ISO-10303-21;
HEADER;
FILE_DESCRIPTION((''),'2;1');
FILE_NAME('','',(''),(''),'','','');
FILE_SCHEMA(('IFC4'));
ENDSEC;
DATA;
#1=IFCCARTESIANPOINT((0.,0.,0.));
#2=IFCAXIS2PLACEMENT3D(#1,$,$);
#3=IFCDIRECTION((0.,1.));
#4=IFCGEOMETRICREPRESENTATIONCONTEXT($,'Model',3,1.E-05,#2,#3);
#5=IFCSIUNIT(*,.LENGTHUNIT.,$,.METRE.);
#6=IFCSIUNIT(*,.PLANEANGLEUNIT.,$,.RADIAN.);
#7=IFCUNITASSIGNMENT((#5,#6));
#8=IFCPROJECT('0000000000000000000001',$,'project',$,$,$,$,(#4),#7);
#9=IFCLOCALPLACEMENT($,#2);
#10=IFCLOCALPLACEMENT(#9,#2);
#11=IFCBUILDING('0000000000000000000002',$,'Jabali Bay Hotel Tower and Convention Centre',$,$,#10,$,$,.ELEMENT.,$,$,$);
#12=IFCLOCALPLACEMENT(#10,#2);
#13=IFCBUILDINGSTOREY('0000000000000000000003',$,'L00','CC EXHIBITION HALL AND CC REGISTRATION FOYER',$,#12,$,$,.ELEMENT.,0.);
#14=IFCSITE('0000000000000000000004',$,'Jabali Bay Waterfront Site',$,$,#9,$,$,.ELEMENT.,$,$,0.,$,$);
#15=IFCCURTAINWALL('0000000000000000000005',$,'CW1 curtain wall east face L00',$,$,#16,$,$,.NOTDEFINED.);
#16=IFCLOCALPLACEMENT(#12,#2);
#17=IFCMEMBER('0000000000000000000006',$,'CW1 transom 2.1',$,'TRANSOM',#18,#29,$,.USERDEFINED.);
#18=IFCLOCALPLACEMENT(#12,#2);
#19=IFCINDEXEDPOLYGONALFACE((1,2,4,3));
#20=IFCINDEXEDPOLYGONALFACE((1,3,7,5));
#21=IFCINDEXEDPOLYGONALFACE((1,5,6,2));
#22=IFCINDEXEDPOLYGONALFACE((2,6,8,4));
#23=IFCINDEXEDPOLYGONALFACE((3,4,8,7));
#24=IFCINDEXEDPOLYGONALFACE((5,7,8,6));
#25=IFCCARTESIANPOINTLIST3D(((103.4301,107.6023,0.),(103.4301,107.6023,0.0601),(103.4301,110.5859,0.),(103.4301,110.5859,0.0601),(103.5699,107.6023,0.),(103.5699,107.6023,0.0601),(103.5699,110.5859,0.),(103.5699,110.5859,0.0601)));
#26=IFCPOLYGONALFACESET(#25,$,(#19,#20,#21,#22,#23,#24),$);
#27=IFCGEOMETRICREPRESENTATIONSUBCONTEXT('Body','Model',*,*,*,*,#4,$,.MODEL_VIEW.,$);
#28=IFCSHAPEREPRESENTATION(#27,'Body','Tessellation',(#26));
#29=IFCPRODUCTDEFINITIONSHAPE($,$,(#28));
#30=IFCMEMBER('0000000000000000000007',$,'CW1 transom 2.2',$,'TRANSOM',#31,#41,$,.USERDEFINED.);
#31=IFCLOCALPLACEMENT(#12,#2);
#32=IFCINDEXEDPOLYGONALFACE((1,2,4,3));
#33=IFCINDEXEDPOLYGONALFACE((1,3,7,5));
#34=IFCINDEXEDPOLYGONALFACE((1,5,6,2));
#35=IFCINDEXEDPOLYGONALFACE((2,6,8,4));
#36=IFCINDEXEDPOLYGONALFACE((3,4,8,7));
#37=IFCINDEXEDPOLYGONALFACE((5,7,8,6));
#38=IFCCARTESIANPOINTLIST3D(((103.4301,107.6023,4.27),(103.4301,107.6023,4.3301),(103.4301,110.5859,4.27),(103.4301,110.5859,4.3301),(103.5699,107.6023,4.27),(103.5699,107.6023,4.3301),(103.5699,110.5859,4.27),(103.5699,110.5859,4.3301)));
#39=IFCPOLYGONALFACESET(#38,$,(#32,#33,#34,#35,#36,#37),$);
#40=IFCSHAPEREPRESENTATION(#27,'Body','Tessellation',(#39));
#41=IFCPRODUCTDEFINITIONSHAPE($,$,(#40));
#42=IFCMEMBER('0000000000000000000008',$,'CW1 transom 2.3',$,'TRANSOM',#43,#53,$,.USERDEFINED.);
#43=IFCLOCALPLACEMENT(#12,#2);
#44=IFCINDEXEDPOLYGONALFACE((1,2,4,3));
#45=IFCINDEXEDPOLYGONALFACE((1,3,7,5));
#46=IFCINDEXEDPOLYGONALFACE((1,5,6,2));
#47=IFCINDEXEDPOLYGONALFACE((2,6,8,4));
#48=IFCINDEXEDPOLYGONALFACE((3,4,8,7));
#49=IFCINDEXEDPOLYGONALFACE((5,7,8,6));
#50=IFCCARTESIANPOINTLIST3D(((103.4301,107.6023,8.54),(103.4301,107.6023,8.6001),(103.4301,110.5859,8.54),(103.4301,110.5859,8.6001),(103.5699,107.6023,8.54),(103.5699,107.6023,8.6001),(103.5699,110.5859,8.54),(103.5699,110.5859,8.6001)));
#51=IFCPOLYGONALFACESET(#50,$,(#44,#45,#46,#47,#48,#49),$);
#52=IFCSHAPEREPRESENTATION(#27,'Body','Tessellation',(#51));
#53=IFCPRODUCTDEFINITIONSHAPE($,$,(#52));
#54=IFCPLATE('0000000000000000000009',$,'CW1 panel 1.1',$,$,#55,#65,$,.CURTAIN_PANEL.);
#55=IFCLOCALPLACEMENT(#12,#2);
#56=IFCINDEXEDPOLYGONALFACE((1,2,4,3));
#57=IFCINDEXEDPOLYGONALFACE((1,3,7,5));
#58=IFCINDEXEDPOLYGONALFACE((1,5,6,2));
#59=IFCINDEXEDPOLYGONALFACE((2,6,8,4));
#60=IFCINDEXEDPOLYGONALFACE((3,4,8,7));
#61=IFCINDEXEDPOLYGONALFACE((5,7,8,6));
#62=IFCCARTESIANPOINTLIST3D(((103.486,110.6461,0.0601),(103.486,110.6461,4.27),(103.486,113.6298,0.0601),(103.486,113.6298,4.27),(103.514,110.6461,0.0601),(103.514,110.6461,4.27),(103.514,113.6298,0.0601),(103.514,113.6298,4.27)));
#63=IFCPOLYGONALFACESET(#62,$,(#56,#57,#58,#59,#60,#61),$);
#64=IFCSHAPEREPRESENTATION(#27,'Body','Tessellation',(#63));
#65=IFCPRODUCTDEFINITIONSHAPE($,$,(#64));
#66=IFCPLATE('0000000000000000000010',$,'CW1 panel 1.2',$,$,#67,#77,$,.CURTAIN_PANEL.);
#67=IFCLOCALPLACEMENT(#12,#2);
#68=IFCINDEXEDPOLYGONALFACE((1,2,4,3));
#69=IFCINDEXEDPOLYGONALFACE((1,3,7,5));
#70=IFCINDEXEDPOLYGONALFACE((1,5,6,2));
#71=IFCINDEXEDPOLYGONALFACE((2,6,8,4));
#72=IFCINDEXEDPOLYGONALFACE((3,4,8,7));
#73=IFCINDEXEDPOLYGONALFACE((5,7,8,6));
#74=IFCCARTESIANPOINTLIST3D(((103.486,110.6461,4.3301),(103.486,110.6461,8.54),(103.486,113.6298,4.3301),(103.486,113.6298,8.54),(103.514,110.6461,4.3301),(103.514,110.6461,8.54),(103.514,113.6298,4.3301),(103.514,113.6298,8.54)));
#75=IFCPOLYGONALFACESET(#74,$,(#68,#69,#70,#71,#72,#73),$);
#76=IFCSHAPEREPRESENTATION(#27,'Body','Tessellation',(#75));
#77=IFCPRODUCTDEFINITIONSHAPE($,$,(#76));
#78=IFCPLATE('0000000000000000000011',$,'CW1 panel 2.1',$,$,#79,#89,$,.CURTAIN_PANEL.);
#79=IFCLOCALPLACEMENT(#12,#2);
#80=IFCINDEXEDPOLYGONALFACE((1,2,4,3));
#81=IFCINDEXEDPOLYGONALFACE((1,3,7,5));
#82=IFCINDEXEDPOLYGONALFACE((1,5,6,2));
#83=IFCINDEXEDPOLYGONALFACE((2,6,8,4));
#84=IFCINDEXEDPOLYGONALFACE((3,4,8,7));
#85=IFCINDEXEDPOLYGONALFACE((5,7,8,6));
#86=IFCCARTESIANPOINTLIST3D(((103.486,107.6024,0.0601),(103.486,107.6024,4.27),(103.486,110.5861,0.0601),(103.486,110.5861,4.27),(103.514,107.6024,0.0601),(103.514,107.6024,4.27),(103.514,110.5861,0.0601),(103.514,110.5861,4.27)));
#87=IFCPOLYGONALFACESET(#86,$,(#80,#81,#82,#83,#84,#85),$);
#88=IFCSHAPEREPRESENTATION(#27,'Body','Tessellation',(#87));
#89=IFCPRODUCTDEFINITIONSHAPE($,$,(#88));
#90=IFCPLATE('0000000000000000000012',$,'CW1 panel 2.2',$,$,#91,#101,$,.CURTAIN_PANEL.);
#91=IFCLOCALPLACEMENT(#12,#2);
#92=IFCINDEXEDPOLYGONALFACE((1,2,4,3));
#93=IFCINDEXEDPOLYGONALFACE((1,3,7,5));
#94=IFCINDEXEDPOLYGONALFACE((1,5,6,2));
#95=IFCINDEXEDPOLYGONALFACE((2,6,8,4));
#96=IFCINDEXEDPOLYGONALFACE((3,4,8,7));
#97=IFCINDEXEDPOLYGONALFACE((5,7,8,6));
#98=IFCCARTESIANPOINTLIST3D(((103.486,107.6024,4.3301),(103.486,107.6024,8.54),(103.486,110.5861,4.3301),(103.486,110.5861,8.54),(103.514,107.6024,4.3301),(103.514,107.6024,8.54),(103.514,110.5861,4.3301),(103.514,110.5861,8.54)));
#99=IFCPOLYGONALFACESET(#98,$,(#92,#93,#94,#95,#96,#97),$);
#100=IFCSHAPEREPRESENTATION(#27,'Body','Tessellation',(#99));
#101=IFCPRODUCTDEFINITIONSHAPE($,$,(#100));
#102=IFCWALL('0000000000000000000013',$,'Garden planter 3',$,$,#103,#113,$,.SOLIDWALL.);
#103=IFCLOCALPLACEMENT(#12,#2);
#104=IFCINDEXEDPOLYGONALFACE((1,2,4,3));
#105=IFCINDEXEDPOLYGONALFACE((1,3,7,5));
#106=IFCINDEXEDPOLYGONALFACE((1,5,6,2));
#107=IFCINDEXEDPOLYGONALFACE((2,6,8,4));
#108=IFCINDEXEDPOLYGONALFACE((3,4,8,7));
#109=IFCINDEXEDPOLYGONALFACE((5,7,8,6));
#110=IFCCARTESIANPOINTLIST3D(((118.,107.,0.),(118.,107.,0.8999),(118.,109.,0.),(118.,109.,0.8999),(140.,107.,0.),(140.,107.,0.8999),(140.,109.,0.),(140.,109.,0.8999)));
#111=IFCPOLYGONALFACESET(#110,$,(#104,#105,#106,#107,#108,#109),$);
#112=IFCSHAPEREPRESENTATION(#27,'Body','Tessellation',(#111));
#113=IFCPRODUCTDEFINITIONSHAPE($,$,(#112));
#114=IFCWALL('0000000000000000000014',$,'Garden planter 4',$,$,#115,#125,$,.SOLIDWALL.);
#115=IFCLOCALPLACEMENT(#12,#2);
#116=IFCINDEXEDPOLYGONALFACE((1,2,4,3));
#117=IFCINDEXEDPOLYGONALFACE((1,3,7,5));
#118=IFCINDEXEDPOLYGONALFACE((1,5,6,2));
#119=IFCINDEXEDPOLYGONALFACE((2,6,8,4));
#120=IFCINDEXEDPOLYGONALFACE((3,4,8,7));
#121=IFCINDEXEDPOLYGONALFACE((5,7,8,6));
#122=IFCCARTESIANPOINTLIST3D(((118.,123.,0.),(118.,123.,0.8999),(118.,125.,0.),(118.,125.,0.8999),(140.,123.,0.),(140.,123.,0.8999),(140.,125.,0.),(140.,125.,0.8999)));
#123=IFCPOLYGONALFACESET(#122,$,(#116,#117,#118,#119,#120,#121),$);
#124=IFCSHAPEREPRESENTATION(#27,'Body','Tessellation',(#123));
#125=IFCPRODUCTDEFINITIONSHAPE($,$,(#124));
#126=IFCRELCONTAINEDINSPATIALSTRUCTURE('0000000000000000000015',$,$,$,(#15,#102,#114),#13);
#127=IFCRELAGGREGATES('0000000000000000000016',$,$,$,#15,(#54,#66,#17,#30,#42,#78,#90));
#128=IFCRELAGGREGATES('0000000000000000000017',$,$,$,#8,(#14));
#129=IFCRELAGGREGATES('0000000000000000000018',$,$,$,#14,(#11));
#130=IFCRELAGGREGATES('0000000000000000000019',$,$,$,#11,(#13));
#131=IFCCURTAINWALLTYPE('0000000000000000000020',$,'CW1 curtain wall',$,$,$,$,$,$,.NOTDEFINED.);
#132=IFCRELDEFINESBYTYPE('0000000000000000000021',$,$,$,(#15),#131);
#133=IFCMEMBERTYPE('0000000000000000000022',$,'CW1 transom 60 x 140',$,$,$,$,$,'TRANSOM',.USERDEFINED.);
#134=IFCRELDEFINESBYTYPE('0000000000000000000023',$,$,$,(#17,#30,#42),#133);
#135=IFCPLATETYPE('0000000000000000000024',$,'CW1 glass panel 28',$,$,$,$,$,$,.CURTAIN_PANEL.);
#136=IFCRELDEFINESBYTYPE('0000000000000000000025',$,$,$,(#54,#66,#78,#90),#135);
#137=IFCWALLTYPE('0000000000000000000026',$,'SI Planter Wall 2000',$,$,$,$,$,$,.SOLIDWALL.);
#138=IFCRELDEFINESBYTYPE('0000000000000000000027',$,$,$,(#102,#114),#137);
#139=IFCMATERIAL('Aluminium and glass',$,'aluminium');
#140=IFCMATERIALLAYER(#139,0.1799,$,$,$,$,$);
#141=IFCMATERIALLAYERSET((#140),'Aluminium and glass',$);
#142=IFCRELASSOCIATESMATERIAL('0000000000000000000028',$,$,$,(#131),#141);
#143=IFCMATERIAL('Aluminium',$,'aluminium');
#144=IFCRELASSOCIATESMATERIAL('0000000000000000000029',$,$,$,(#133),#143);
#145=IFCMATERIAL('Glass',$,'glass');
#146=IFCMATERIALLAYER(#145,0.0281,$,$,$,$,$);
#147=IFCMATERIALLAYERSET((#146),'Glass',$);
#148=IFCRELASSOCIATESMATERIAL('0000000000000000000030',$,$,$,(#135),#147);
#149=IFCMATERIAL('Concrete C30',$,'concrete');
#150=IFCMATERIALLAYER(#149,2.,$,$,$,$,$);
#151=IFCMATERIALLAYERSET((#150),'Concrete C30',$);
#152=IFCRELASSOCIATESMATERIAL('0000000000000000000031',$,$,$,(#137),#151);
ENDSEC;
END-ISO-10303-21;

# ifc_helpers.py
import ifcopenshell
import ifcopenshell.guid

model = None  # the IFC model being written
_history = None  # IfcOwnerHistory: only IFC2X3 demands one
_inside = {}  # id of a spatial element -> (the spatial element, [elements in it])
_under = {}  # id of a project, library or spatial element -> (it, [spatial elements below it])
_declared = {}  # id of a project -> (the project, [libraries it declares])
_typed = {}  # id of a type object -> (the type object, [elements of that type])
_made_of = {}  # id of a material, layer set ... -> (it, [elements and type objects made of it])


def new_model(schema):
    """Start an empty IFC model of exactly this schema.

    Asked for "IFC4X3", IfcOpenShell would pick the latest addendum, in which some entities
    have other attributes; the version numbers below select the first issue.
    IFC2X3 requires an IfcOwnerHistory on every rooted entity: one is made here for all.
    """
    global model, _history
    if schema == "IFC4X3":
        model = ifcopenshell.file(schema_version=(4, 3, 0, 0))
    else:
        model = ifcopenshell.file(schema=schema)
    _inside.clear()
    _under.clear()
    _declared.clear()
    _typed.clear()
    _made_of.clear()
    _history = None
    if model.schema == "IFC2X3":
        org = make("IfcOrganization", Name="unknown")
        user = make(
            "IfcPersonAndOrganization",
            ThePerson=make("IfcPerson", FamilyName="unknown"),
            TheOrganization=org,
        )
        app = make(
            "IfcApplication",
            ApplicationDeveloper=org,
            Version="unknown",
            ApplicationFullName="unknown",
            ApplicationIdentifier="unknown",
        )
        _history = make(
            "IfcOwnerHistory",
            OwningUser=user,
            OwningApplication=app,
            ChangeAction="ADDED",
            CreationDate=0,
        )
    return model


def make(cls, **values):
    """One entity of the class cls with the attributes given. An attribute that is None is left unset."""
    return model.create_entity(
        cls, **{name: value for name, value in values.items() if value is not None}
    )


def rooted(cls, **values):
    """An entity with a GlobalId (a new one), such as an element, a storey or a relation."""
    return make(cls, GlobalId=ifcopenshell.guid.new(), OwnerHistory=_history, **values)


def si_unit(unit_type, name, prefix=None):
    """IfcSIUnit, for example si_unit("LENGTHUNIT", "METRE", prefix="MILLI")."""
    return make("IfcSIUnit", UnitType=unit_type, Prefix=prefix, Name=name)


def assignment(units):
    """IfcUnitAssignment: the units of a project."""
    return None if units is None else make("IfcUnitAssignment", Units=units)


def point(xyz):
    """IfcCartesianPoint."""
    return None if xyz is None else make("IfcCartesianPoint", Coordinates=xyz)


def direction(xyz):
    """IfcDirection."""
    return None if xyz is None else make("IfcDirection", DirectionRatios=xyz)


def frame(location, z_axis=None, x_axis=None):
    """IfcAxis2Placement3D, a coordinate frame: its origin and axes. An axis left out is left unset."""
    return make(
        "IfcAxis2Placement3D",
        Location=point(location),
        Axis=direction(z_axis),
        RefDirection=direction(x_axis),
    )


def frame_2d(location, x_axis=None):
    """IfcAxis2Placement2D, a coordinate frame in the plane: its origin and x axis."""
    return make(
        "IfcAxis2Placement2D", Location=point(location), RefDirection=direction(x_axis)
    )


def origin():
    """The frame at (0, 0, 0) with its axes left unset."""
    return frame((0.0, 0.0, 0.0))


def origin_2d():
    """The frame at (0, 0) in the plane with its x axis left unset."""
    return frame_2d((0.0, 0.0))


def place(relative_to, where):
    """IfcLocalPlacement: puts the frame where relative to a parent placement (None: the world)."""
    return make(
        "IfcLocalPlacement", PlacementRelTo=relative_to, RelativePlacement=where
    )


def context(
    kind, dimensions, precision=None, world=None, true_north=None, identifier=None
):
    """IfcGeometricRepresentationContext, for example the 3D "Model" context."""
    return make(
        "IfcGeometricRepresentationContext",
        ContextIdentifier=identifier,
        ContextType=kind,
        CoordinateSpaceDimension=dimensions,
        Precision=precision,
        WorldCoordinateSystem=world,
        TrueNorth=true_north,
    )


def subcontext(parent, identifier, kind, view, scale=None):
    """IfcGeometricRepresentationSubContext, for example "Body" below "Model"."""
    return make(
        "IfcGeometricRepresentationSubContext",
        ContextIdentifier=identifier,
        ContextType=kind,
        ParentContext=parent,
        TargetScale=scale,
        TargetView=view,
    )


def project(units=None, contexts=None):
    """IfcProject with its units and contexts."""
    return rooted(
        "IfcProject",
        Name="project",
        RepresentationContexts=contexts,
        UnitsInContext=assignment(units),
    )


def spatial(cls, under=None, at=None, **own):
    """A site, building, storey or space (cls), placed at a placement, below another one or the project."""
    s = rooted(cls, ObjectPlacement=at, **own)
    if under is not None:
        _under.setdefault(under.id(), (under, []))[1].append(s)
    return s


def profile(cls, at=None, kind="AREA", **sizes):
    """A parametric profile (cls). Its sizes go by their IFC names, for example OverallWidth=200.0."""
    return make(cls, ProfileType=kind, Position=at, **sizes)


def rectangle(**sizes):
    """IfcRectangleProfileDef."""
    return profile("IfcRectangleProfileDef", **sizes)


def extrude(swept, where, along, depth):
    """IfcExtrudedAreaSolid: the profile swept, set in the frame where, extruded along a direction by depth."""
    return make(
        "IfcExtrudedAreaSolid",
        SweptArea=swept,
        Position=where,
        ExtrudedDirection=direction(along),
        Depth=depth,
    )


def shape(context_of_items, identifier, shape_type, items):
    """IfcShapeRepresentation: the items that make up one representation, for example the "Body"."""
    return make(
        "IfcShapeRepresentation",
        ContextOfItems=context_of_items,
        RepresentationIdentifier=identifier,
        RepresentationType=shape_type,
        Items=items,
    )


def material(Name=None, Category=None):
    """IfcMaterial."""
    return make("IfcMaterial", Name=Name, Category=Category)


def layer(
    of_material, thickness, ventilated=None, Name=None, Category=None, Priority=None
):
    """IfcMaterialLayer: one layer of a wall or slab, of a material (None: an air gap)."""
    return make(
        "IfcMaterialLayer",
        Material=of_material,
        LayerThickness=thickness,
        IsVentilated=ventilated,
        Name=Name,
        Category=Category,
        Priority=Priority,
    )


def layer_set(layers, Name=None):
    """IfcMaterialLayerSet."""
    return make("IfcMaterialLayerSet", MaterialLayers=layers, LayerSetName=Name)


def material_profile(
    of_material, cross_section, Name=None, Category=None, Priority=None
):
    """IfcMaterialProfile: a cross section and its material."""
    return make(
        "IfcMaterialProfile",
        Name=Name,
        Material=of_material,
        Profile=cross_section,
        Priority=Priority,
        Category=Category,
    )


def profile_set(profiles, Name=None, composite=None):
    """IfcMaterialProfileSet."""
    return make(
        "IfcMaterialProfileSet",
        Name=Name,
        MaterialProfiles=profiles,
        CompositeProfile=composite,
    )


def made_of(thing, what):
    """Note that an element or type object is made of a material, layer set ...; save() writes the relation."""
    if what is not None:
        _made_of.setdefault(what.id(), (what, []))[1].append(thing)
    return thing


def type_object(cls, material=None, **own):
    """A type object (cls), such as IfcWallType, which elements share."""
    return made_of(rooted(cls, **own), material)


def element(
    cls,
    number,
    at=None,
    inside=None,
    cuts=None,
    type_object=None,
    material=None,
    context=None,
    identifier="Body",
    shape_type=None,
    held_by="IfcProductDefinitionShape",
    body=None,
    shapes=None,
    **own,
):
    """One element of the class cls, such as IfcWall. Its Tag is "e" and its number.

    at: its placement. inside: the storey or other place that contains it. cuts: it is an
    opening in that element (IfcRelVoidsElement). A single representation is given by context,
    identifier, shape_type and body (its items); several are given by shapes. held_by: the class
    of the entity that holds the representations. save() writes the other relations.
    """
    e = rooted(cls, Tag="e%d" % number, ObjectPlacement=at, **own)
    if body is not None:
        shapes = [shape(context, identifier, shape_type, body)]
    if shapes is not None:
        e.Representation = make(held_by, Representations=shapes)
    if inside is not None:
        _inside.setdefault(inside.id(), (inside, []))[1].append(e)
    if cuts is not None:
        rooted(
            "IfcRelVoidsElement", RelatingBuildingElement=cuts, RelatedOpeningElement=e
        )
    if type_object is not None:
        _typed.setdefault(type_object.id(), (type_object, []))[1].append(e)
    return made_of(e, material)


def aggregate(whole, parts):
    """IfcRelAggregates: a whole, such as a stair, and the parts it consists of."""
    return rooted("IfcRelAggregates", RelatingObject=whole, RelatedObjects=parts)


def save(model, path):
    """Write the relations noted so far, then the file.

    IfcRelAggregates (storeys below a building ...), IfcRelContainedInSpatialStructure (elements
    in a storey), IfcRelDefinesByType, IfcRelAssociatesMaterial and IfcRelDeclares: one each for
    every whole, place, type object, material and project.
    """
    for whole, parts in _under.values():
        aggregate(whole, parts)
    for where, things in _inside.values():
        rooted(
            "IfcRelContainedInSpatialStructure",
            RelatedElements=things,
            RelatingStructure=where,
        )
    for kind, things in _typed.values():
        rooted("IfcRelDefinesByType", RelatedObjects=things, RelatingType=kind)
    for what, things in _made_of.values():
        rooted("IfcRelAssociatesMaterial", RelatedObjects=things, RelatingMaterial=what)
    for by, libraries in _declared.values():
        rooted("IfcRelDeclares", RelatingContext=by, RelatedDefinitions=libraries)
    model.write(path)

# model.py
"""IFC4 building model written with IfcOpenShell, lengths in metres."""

from ifc_helpers import new_model, si_unit, direction, frame, frame_2d, origin, origin_2d, place, context, subcontext, project, spatial, rectangle, extrude, material, layer, layer_set, material_profile, profile_set, type_object, element, aggregate, save


model = new_model("IFC4")

# Units and contexts
model_context = context("Model", 3, precision=1e-05, world=origin(), true_north=direction((0.0, 1.0)))
body_context = subcontext(model_context, "Body", "Model", "MODEL_VIEW")
ifc_project = project(units=[si_unit("LENGTHUNIT", "METRE"), si_unit("PLANEANGLEUNIT", "RADIAN")], contexts=[model_context])

# Site, building, storey
site_placement = place(None, origin())
site = spatial("IfcSite", under=ifc_project, at=site_placement, Name="Jabali Bay Waterfront Site", CompositionType="ELEMENT", RefElevation=0.0)
building_placement = place(site_placement, origin())
building = spatial("IfcBuilding", under=site, at=building_placement, Name="Jabali Bay Hotel Tower and Convention Centre", CompositionType="ELEMENT")
storey_placement = place(building_placement, origin())
storey = spatial("IfcBuildingStorey", under=building, at=storey_placement, Name="L00", Description="CC EXHIBITION HALL AND CC REGISTRATION FOYER", CompositionType="ELEMENT", Elevation=0.0)

# Curtain wall, members, plates
ifc_material_1 = material(Name="Aluminium and glass", Category="aluminium")
ifc_layer_1 = layer(ifc_material_1, 0.1799)
ifc_layer_set_1 = layer_set([ifc_layer_1], Name="Aluminium and glass")
curtain_wall_type = type_object("IfcCurtainWallType", Name="CW1 curtain wall", PredefinedType="NOTDEFINED", material=ifc_layer_set_1)
curtain_wall_placement = place(storey_placement, origin())
curtain_wall = element("IfcCurtainWall", 1, at=curtain_wall_placement, inside=storey, type_object=curtain_wall_type, Name="CW1 curtain wall east face L00", PredefinedType="NOTDEFINED")
ifc_material_2 = material(Name="Aluminium", Category="aluminium")
ifc_material_profile_1 = material_profile(ifc_material_2, rectangle(XDim=0.1399, YDim=0.0601, at=origin_2d()), Name="CW1 transom 60 x 140")
ifc_profile_set_1 = profile_set([ifc_material_profile_1], Name="Aluminium")
member_type_1 = type_object("IfcMemberType", Name="CW1 transom 60 x 140", ElementType="TRANSOM", PredefinedType="USERDEFINED", material=ifc_profile_set_1)
member_1_placement = place(storey_placement, frame((103.5, 110.5859, 0.03), z_axis=(0.0, -1.0, 0.0), x_axis=(1.0, 0.0, 0.0)))
member_1 = element("IfcMember", 2, at=member_1_placement, type_object=member_type_1, Name="CW1 transom 2.1", ObjectType="TRANSOM", PredefinedType="USERDEFINED", context=body_context, shape_type="SweptSolid", body=[
    extrude(rectangle(XDim=0.1399, YDim=0.0601, at=origin_2d()), origin(), (0.0, 0.0, 1.0), 2.9836),
])
member_2_placement = place(storey_placement, frame((103.5, 110.5859, 4.3), z_axis=(0.0, -1.0, 0.0), x_axis=(1.0, 0.0, 0.0)))
member_2 = element("IfcMember", 3, at=member_2_placement, type_object=member_type_1, Name="CW1 transom 2.2", ObjectType="TRANSOM", PredefinedType="USERDEFINED", context=body_context, shape_type="SweptSolid", body=[
    extrude(rectangle(XDim=0.1399, YDim=0.0601, at=origin_2d()), origin(), (0.0, 0.0, 1.0), 2.9836),
])
member_3_placement = place(storey_placement, frame((103.5, 110.5859, 8.5701), z_axis=(0.0, -1.0, 0.0), x_axis=(1.0, 0.0, 0.0)))
member_3 = element("IfcMember", 4, at=member_3_placement, type_object=member_type_1, Name="CW1 transom 2.3", ObjectType="TRANSOM", PredefinedType="USERDEFINED", context=body_context, shape_type="SweptSolid", body=[
    extrude(rectangle(XDim=0.1399, YDim=0.0601, at=origin_2d()), origin(), (0.0, 0.0, 1.0), 2.9836),
])
ifc_material_3 = material(Name="Glass", Category="glass")
ifc_layer_2 = layer(ifc_material_3, 0.0281)
ifc_layer_set_2 = layer_set([ifc_layer_2], Name="Glass")
plate_type = type_object("IfcPlateType", Name="CW1 glass panel 28", PredefinedType="CURTAIN_PANEL", material=ifc_layer_set_2)
plate_1_placement = place(storey_placement, frame((103.5, 112.1379, 0.0601), z_axis=(0.0, 0.0, 1.0), x_axis=(0.0, -1.0, 0.0)))
plate_1 = element("IfcPlate", 5, at=plate_1_placement, type_object=plate_type, Name="CW1 panel 1.1", PredefinedType="CURTAIN_PANEL", context=body_context, shape_type="SweptSolid", body=[
    extrude(rectangle(XDim=2.9836, YDim=0.0281, at=origin_2d()), origin(), (0.0, 0.0, 1.0), 4.21),
])
plate_2_placement = place(storey_placement, frame((103.5, 112.1379, 4.3301), z_axis=(0.0, 0.0, 1.0), x_axis=(0.0, -1.0, 0.0)))
plate_2 = element("IfcPlate", 6, at=plate_2_placement, type_object=plate_type, Name="CW1 panel 1.2", PredefinedType="CURTAIN_PANEL", context=body_context, shape_type="SweptSolid", body=[
    extrude(rectangle(XDim=2.9836, YDim=0.0281, at=origin_2d()), origin(), (0.0, 0.0, 1.0), 4.21),
])
plate_3_placement = place(storey_placement, frame((103.5, 109.0942, 0.0601), z_axis=(0.0, 0.0, 1.0), x_axis=(0.0, -1.0, 0.0)))
plate_3 = element("IfcPlate", 7, at=plate_3_placement, type_object=plate_type, Name="CW1 panel 2.1", PredefinedType="CURTAIN_PANEL", context=body_context, shape_type="SweptSolid", body=[
    extrude(rectangle(XDim=2.9836, YDim=0.0281, at=origin_2d()), origin(), (0.0, 0.0, 1.0), 4.21),
])
plate_4_placement = place(storey_placement, frame((103.5, 109.0942, 4.3301), z_axis=(0.0, 0.0, 1.0), x_axis=(0.0, -1.0, 0.0)))
plate_4 = element("IfcPlate", 8, at=plate_4_placement, type_object=plate_type, Name="CW1 panel 2.2", PredefinedType="CURTAIN_PANEL", context=body_context, shape_type="SweptSolid", body=[
    extrude(rectangle(XDim=2.9836, YDim=0.0281, at=origin_2d()), origin(), (0.0, 0.0, 1.0), 4.21),
])
aggregate(curtain_wall, [plate_1, plate_2, member_1, member_2, member_3, plate_3, plate_4])

# Walls
ifc_material_4 = material(Name="Concrete C30", Category="concrete")
ifc_layer_3 = layer(ifc_material_4, 2.0)
ifc_layer_set_3 = layer_set([ifc_layer_3], Name="Concrete C30")
wall_type_1 = type_object("IfcWallType", Name="SI Planter Wall 2000", PredefinedType="SOLIDWALL", material=ifc_layer_set_3)
for number, where, z_axis, x_axis, name in (
    (9, (118.0, 108.0, 0.0), (0.0, 0.0, 1.0), (1.0, 0.0, 0.0), "Garden planter 3"),
    (10, (118.0, 124.0, 0.0), (0.0, 0.0, 1.0), (1.0, 0.0, 0.0), "Garden planter 4"),
):
    element("IfcWall", number, at=place(storey_placement, frame(where, z_axis=z_axis, x_axis=x_axis)), inside=storey, type_object=wall_type_1, Name=name, PredefinedType="SOLIDWALL", context=body_context, shape_type="SweptSolid", body=[
        extrude(rectangle(XDim=22.0, YDim=2.0, at=frame_2d((11.0, 0.0))), origin(), (0.0, 0.0, 1.0), 0.8999),
    ])

save(model, "model.ifc")
